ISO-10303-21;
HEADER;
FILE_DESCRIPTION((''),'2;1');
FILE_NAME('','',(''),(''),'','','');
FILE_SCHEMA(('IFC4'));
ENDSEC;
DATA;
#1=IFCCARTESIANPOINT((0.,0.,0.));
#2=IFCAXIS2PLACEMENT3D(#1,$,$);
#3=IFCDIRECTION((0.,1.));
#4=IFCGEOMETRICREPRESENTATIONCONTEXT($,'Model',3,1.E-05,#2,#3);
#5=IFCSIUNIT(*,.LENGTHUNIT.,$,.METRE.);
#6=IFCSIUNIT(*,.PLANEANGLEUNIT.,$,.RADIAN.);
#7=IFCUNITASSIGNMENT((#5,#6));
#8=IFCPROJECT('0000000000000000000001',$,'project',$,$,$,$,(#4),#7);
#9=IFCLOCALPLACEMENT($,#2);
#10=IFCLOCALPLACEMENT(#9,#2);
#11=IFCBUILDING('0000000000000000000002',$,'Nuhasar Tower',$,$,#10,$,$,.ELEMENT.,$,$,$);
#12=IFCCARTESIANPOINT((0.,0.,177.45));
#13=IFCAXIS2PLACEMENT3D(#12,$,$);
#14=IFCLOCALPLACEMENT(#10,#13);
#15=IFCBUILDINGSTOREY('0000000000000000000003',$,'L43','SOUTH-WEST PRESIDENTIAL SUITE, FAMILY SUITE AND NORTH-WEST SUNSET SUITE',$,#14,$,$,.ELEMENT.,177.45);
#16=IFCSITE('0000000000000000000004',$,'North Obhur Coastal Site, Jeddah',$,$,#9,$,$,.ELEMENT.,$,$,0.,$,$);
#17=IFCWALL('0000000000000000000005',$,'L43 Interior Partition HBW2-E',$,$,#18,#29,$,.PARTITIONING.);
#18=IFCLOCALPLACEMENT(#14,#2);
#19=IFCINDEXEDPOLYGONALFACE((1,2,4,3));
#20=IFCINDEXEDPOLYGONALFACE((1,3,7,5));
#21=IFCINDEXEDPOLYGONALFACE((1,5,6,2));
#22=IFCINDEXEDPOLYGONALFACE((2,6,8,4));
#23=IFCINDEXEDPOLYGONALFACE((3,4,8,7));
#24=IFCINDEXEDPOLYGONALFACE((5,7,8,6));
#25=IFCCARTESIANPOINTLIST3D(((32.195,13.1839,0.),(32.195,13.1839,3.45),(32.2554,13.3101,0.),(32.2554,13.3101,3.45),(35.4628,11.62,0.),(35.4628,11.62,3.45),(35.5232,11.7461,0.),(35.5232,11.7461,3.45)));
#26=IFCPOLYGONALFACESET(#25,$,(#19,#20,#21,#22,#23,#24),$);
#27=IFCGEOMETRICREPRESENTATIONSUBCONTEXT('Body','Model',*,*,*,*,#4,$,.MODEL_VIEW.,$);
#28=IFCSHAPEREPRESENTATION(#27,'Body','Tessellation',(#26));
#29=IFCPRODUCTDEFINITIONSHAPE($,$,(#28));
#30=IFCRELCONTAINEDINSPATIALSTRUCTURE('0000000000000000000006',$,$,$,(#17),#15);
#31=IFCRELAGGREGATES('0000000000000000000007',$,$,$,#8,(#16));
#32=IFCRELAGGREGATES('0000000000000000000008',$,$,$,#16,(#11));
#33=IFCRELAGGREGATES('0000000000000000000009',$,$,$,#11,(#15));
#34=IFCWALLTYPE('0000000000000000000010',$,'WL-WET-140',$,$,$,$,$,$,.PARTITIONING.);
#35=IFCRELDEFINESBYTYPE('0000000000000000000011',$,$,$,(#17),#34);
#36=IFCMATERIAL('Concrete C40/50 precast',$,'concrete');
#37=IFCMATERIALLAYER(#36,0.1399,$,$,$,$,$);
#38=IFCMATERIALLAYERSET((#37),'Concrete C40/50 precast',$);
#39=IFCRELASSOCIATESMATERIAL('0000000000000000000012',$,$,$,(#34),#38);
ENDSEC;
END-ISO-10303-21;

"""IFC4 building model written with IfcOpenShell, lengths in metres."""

from ifc_helpers import new_model, si_unit, direction, frame, frame_2d, origin, place, context, subcontext, project, spatial, rectangle, extrude, material, layer, layer_set, type_object, element, save


model = new_model("IFC4")

# Units and contexts
model_context = context("Model", 3, precision=1e-05, world=origin(), true_north=direction((0.0, 1.0)))
body_context = subcontext(model_context, "Body", "Model", "MODEL_VIEW")
ifc_project = project(units=[si_unit("LENGTHUNIT", "METRE"), si_unit("PLANEANGLEUNIT", "RADIAN")], contexts=[model_context])

# Site, building, storey
site_placement = place(None, origin())
site = spatial("IfcSite", under=ifc_project, at=site_placement, Name="North Obhur Coastal Site, Jeddah", CompositionType="ELEMENT", RefElevation=0.0)
building_placement = place(site_placement, origin())
building = spatial("IfcBuilding", under=site, at=building_placement, Name="Nuhasar Tower", CompositionType="ELEMENT")
storey_placement = place(building_placement, frame((0.0, 0.0, 177.45)))
storey = spatial("IfcBuildingStorey", under=building, at=storey_placement, Name="L43", Description="SOUTH-WEST PRESIDENTIAL SUITE, FAMILY SUITE AND NORTH-WEST SUNSET SUITE", CompositionType="ELEMENT", Elevation=177.45)

# Shared definitions
ifc_material_1 = material(Name="Concrete C40/50 precast", Category="concrete")
ifc_layer_1 = layer(ifc_material_1, 0.1399)
ifc_layer_set_1 = layer_set([ifc_layer_1], Name="Concrete C40/50 precast")
wall_type_1 = type_object("IfcWallType", Name="WL-WET-140", PredefinedType="PARTITIONING", material=ifc_layer_set_1)

# Wall
wall_1_placement = place(storey_placement, frame((32.2251, 13.2471, 0.0), z_axis=(0.0, 0.0, 1.0), x_axis=(0.902017, -0.431701, 0.0)))
element("IfcWall", 1, at=wall_1_placement, inside=storey, type_object=wall_type_1, Name="L43 Interior Partition HBW2-E", PredefinedType="PARTITIONING", context=body_context, shape_type="SweptSolid", body=[
    extrude(rectangle(XDim=3.6228, YDim=0.1399, at=frame_2d((1.8115, 0.0))), origin(), (0.0, 0.0, 1.0), 3.45),
])

save(model, "model.ifc")
